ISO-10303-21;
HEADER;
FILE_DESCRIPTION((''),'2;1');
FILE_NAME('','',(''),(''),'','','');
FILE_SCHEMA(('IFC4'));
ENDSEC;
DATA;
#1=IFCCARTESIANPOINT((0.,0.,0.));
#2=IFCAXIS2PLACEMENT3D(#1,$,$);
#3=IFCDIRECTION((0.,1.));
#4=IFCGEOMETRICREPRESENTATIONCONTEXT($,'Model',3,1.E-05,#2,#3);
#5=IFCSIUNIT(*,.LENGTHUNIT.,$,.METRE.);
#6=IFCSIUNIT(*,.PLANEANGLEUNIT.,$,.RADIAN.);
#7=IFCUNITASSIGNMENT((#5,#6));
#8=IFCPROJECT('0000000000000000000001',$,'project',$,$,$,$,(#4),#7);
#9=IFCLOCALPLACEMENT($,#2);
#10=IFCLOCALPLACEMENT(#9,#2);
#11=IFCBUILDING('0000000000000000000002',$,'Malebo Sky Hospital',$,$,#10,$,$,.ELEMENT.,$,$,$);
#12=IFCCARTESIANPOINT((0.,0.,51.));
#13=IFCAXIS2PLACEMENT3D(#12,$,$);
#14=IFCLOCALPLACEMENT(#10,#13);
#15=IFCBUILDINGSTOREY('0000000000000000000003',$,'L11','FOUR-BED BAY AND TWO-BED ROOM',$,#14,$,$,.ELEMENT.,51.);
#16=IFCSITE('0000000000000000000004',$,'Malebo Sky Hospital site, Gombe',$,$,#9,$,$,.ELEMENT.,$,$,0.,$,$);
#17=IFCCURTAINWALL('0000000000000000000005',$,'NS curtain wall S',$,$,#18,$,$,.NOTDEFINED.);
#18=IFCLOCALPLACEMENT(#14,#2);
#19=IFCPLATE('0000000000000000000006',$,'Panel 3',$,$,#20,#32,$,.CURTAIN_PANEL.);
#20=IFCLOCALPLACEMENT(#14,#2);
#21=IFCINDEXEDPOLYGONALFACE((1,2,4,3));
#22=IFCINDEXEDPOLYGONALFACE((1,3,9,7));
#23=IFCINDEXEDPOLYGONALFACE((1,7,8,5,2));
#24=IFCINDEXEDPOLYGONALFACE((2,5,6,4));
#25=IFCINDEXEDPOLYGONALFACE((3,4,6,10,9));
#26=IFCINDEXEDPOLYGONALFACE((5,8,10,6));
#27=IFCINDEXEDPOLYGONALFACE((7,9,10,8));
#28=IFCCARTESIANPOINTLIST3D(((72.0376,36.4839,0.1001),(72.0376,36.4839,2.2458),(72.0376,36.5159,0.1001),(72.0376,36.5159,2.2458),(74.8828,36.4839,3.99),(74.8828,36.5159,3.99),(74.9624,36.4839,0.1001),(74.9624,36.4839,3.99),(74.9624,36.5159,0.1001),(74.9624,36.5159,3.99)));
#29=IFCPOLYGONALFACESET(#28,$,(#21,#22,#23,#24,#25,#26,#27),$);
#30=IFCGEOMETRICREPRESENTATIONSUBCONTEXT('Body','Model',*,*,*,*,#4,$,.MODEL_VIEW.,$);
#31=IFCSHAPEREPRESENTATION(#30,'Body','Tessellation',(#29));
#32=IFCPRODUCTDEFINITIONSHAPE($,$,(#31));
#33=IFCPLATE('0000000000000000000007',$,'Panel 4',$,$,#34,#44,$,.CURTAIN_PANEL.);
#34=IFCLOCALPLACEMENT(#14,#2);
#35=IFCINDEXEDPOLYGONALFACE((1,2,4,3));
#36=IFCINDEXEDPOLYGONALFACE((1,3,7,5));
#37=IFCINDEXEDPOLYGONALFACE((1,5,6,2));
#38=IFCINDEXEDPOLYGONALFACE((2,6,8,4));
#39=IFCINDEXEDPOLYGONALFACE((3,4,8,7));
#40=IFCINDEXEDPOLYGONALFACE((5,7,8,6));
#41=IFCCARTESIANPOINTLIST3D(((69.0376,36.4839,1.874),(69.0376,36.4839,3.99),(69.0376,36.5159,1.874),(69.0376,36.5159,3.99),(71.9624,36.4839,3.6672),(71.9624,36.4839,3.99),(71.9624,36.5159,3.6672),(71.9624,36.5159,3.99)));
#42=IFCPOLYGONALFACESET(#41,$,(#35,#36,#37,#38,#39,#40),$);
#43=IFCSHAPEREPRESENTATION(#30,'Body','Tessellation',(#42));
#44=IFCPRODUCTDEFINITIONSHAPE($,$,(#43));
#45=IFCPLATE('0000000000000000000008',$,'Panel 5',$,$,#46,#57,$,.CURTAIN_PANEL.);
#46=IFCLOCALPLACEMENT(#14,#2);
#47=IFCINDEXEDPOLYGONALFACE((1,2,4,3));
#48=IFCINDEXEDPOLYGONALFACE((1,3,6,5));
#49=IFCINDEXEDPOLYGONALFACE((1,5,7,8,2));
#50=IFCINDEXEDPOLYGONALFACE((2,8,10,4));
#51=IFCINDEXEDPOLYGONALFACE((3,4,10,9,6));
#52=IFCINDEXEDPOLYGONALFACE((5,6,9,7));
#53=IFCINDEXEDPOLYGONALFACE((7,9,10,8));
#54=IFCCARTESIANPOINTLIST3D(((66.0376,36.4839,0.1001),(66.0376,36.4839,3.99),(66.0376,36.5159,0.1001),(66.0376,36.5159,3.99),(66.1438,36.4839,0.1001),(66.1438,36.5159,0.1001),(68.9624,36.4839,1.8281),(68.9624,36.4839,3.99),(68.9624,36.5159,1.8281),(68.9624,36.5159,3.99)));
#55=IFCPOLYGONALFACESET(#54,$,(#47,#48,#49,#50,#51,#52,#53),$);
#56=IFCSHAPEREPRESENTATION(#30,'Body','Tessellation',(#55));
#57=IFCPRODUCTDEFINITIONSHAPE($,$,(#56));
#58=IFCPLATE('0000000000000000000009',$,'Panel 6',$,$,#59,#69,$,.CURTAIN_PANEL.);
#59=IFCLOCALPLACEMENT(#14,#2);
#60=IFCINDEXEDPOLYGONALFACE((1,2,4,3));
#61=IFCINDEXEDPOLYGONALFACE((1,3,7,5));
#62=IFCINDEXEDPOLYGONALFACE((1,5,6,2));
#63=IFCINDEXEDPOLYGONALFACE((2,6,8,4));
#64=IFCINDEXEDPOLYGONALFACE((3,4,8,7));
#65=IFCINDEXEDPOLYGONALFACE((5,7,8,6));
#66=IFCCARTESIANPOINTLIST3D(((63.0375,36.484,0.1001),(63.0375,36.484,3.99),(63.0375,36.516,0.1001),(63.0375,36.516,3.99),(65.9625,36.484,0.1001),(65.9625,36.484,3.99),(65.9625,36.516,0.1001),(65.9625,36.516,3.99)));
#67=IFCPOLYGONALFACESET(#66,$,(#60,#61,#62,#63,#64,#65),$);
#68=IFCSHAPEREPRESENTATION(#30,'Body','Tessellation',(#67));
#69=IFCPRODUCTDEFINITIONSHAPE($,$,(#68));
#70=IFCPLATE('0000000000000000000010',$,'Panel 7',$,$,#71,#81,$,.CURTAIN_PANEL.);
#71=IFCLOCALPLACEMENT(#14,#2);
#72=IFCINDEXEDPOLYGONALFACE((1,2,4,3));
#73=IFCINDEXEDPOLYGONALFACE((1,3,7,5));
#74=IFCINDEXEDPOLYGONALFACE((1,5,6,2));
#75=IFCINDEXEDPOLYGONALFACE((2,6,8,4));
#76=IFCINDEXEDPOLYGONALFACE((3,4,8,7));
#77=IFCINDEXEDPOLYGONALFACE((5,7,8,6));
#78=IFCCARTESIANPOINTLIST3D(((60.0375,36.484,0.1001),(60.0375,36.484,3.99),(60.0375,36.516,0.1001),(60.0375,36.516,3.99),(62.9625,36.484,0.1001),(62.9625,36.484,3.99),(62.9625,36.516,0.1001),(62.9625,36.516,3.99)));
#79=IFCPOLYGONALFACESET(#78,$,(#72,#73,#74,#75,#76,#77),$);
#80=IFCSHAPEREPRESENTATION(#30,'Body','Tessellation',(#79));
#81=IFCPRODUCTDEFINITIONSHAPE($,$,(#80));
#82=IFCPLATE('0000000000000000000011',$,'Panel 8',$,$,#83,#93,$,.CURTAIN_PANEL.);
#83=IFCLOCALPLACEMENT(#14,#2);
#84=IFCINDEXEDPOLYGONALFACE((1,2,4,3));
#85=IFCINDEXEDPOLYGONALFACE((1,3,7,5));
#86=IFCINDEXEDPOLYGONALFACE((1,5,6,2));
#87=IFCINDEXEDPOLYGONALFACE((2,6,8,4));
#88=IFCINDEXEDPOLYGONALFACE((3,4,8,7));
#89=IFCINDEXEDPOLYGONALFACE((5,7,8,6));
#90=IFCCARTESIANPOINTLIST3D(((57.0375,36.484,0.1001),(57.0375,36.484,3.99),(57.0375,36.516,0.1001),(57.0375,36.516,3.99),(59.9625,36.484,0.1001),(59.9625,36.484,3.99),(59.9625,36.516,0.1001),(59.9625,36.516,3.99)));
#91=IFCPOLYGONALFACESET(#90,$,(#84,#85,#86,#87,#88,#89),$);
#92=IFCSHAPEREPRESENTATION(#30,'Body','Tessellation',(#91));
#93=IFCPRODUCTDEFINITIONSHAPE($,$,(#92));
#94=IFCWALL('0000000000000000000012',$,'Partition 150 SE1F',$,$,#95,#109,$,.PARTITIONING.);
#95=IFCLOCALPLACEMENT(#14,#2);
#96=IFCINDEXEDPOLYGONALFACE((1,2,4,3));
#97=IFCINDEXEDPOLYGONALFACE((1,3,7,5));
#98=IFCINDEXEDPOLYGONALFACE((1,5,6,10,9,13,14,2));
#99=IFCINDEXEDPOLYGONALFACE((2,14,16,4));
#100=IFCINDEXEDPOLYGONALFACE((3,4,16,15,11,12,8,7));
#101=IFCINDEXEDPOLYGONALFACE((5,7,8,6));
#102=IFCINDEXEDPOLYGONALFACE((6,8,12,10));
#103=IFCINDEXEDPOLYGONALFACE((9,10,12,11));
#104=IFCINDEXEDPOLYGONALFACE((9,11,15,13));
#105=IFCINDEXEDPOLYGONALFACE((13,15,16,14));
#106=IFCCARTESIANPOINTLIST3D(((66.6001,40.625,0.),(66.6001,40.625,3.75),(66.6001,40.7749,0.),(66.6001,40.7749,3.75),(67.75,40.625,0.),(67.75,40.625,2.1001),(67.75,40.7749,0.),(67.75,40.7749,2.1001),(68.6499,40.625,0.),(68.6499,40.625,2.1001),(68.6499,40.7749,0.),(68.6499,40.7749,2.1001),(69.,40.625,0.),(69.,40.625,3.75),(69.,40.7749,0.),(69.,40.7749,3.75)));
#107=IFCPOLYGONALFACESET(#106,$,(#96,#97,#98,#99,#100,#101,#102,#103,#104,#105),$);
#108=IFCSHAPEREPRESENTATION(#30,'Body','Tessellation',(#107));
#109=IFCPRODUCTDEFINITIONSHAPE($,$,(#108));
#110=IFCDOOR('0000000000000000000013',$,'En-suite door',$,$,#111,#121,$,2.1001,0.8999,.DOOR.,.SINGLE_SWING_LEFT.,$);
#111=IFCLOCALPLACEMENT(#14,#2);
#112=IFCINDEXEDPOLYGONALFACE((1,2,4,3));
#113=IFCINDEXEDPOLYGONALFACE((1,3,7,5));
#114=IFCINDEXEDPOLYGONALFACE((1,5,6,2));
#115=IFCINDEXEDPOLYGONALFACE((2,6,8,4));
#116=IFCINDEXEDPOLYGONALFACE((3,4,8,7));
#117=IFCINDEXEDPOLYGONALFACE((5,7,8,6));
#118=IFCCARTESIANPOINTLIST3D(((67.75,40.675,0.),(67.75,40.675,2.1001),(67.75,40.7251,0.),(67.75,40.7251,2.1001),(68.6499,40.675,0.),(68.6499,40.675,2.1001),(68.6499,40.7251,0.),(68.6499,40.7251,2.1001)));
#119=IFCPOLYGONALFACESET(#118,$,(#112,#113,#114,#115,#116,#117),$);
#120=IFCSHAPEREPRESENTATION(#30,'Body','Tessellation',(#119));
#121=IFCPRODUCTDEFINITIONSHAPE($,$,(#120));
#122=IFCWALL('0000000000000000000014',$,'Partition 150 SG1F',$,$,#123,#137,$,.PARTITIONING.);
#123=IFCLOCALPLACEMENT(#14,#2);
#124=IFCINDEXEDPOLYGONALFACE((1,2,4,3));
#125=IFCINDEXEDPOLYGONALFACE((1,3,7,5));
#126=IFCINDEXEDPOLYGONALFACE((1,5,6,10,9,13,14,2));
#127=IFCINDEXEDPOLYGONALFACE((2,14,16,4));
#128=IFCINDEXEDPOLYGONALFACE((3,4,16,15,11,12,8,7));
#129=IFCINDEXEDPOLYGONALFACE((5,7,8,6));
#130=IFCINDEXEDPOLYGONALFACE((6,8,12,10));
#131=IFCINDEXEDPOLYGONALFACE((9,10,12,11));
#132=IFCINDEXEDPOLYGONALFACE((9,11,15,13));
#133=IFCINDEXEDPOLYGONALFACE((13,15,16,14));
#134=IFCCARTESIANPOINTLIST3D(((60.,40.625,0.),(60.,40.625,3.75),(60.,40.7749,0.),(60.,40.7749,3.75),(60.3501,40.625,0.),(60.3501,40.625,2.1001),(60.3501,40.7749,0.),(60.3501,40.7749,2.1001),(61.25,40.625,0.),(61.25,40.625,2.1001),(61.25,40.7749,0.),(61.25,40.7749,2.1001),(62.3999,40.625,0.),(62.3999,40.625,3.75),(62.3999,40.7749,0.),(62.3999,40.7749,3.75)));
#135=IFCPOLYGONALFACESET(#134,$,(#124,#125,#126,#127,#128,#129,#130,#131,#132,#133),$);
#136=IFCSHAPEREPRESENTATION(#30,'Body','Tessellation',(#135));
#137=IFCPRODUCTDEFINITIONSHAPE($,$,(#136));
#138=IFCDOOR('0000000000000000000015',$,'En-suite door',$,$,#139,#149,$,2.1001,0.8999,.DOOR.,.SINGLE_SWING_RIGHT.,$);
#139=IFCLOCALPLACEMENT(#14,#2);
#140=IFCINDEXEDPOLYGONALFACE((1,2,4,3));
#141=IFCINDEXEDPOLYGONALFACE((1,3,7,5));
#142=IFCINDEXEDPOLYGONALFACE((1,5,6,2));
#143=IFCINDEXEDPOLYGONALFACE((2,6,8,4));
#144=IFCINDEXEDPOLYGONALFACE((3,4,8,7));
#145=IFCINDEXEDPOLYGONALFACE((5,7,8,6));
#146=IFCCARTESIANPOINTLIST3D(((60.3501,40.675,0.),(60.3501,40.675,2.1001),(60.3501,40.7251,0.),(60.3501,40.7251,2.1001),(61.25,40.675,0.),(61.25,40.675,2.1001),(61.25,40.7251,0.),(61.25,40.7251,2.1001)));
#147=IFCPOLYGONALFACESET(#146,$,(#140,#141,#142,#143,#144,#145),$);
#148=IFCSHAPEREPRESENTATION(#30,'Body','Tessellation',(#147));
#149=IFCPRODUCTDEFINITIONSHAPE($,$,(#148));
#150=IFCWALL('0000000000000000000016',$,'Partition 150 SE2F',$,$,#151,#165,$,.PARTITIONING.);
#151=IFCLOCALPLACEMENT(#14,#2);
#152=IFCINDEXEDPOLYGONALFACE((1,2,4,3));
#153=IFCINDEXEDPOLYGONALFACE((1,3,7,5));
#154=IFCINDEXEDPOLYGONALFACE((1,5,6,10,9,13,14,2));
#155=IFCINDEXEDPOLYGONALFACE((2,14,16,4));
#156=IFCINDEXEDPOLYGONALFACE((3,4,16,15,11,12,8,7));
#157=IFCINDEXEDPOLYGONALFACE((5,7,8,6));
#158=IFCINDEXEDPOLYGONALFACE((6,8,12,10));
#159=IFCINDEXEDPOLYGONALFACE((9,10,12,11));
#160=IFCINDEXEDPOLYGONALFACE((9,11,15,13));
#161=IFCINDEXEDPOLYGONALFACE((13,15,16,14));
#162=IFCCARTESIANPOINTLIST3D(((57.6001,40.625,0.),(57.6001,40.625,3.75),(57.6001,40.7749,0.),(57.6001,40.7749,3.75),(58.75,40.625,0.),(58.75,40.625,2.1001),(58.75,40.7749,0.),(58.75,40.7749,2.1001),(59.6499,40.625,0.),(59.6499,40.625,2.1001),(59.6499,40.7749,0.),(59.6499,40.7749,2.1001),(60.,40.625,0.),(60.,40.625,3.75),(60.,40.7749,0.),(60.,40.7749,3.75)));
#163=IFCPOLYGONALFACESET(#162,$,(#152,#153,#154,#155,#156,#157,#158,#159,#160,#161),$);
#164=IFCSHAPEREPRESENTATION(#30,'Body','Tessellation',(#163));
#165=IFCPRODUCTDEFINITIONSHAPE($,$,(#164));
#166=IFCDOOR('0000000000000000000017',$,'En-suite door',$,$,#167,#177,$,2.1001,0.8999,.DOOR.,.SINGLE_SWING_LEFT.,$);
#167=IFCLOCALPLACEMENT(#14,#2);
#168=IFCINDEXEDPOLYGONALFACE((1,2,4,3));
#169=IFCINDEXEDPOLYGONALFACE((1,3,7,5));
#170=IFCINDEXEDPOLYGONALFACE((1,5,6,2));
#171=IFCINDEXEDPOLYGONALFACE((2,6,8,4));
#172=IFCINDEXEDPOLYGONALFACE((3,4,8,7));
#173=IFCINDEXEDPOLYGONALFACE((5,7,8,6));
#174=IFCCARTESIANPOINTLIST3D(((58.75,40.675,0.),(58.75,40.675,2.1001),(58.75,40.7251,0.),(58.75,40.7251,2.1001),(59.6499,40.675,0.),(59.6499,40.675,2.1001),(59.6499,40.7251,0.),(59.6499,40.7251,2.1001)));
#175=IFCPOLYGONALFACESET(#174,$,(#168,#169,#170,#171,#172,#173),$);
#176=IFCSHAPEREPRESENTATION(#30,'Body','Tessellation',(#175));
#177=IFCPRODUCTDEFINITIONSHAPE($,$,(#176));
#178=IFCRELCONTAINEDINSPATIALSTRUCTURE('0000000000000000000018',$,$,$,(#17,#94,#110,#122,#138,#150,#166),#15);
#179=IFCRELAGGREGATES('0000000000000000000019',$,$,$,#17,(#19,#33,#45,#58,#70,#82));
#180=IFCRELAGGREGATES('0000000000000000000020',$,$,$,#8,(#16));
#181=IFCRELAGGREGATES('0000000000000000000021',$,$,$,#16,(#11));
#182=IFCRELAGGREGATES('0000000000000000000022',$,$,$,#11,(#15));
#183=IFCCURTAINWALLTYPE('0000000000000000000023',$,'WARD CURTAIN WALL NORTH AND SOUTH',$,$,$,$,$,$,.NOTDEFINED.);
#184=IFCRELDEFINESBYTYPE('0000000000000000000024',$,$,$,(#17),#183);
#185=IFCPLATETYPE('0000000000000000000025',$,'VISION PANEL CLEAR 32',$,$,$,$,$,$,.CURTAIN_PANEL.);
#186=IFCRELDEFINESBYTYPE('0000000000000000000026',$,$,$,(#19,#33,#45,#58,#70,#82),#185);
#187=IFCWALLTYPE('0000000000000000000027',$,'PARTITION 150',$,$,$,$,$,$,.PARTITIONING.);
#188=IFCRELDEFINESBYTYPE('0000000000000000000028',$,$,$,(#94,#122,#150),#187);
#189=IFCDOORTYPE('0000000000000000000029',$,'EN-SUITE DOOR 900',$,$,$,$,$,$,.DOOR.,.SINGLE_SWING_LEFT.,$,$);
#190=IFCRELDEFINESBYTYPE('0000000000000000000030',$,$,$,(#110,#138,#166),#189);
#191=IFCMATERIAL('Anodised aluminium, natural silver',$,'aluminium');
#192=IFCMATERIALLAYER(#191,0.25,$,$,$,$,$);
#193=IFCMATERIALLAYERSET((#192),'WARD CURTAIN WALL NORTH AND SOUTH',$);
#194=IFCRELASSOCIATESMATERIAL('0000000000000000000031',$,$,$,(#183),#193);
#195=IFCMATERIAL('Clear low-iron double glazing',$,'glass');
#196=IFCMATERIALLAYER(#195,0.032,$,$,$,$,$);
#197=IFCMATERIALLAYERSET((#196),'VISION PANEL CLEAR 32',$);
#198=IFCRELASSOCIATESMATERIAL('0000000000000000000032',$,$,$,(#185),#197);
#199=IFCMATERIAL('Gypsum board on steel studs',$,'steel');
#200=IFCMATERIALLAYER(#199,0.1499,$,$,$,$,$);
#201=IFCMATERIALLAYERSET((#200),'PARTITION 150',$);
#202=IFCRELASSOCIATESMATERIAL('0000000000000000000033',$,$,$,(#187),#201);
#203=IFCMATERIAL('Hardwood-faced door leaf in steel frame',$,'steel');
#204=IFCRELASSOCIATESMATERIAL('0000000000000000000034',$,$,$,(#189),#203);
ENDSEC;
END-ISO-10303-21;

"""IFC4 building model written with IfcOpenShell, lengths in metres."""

from ifc_helpers import new_model, si_unit, direction, frame, frame_2d, origin, origin_2d, place, context, subcontext, project, spatial, polyline, rectangle, outline, extrude, material, layer, layer_set, type_object, element, fill, aggregate, save


model = new_model("IFC4")

# Units and contexts
model_context = context("Model", 3, precision=1e-05, world=origin(), true_north=direction((0.0, 1.0)))
body_context = subcontext(model_context, "Body", "Model", "MODEL_VIEW")
ifc_project = project(units=[si_unit("LENGTHUNIT", "METRE"), si_unit("PLANEANGLEUNIT", "RADIAN")], contexts=[model_context])

# Site, building, storey
site_placement = place(None, origin())
site = spatial("IfcSite", under=ifc_project, at=site_placement, Name="Malebo Sky Hospital site, Gombe", CompositionType="ELEMENT", RefElevation=0.0)
building_placement = place(site_placement, origin())
building = spatial("IfcBuilding", under=site, at=building_placement, Name="Malebo Sky Hospital", CompositionType="ELEMENT")
storey_placement = place(building_placement, frame((0.0, 0.0, 51.0)))
storey = spatial("IfcBuildingStorey", under=building, at=storey_placement, Name="L11", Description="FOUR-BED BAY AND TWO-BED ROOM", CompositionType="ELEMENT", Elevation=51.0)

# Curtain wall
ifc_material_1 = material(Name="Anodised aluminium, natural silver", Category="aluminium")
ifc_layer_1 = layer(ifc_material_1, 0.25)
ifc_layer_set_1 = layer_set([ifc_layer_1], Name="WARD CURTAIN WALL NORTH AND SOUTH")
curtain_wall_type = type_object("IfcCurtainWallType", Name="WARD CURTAIN WALL NORTH AND SOUTH", PredefinedType="NOTDEFINED", material=ifc_layer_set_1)
curtain_wall_placement = place(storey_placement, origin())
curtain_wall = element("IfcCurtainWall", 1, at=curtain_wall_placement, inside=storey, type_object=curtain_wall_type, Name="NS curtain wall S", PredefinedType="NOTDEFINED")

# Plates
ifc_material_2 = material(Name="Clear low-iron double glazing", Category="glass")
ifc_layer_2 = layer(ifc_material_2, 0.032)
ifc_layer_set_2 = layer_set([ifc_layer_2], Name="VISION PANEL CLEAR 32")
plate_type = type_object("IfcPlateType", Name="VISION PANEL CLEAR 32", PredefinedType="CURTAIN_PANEL", material=ifc_layer_set_2)
plate_1_placement = place(storey_placement, frame((73.5, 36.5, 0.1001), z_axis=(0.0, 0.0, 1.0), x_axis=(-1.0, 0.0, 0.0)))
plate_1 = element("IfcPlate", 2, at=plate_1_placement, type_object=plate_type, Name="Panel 3", PredefinedType="CURTAIN_PANEL", context=body_context, shape_type="SweptSolid", body=[
    extrude(outline(polyline([(-1.4624, 0.0), (1.4624, 0.0), (1.4624, 2.1458), (-1.3828, 3.8899), (-1.4624, 3.8899), (-1.4624, 0.0)])), frame((0.0, 0.0161, 0.0), z_axis=(0.0, -1.0, 0.0), x_axis=(1.0, 0.0, 0.0)), (0.0, 0.0, 1.0), 0.032),
])
plate_2_placement = place(storey_placement, frame((70.5, 36.5, 1.874), z_axis=(0.0, 0.0, 1.0), x_axis=(-1.0, 0.0, 0.0)))
plate_2 = element("IfcPlate", 3, at=plate_2_placement, type_object=plate_type, Name="Panel 4", PredefinedType="CURTAIN_PANEL", context=body_context, shape_type="SweptSolid", body=[
    extrude(outline(polyline([(1.4624, 0.0), (1.4624, 2.116), (-1.4624, 2.116), (-1.4624, 1.7932), (1.4624, 0.0)])), frame((0.0, 0.0161, 0.0), z_axis=(0.0, -1.0, 0.0), x_axis=(1.0, 0.0, 0.0)), (0.0, 0.0, 1.0), 0.032),
])
plate_3_placement = place(storey_placement, frame((67.5, 36.5, 0.1001), z_axis=(0.0, 0.0, 1.0), x_axis=(-1.0, 0.0, 0.0)))
plate_3 = element("IfcPlate", 4, at=plate_3_placement, type_object=plate_type, Name="Panel 5", PredefinedType="CURTAIN_PANEL", context=body_context, shape_type="SweptSolid", body=[
    extrude(outline(polyline([(1.3562, 0.0), (1.4624, 0.0), (1.4624, 3.8899), (-1.4624, 3.8899), (-1.4624, 1.728), (1.3562, 0.0)])), frame((0.0, 0.0161, 0.0), z_axis=(0.0, -1.0, 0.0), x_axis=(1.0, 0.0, 0.0)), (0.0, 0.0, 1.0), 0.032),
])
plate_4_placement = place(storey_placement, frame((64.5, 36.5, 0.1001), z_axis=(0.0, 0.0, 1.0), x_axis=(-1.0, 0.0, 0.0)))
plate_4 = element("IfcPlate", 5, at=plate_4_placement, type_object=plate_type, Name="Panel 6", PredefinedType="CURTAIN_PANEL", context=body_context, shape_type="SweptSolid", body=[
    extrude(rectangle(XDim=2.925, YDim=0.032, at=origin_2d()), origin(), (0.0, 0.0, 1.0), 3.8899),
])
plate_5_placement = place(storey_placement, frame((61.5, 36.5, 0.1001), z_axis=(0.0, 0.0, 1.0), x_axis=(-1.0, 0.0, 0.0)))
plate_5 = element("IfcPlate", 6, at=plate_5_placement, type_object=plate_type, Name="Panel 7", PredefinedType="CURTAIN_PANEL", context=body_context, shape_type="SweptSolid", body=[
    extrude(rectangle(XDim=2.925, YDim=0.032, at=origin_2d()), origin(), (0.0, 0.0, 1.0), 3.8899),
])
plate_6_placement = place(storey_placement, frame((58.5, 36.5, 0.1001), z_axis=(0.0, 0.0, 1.0), x_axis=(-1.0, 0.0, 0.0)))
plate_6 = element("IfcPlate", 7, at=plate_6_placement, type_object=plate_type, Name="Panel 8", PredefinedType="CURTAIN_PANEL", context=body_context, shape_type="SweptSolid", body=[
    extrude(rectangle(XDim=2.925, YDim=0.032, at=origin_2d()), origin(), (0.0, 0.0, 1.0), 3.8899),
])
aggregate(curtain_wall, [plate_1, plate_2, plate_3, plate_4, plate_5, plate_6])

# Walls, openings, doors
ifc_material_3 = material(Name="Gypsum board on steel studs", Category="steel")
ifc_layer_3 = layer(ifc_material_3, 0.1499)
ifc_layer_set_3 = layer_set([ifc_layer_3], Name="PARTITION 150")
wall_type = type_object("IfcWallType", Name="PARTITION 150", PredefinedType="PARTITIONING", material=ifc_layer_set_3)
wall_1_placement = place(storey_placement, frame((69.0, 40.7, 0.0), z_axis=(0.0, 0.0, 1.0), x_axis=(-1.0, 0.0, 0.0)))
wall_1 = element("IfcWall", 8, at=wall_1_placement, inside=storey, type_object=wall_type, Name="Partition 150 SE1F", PredefinedType="PARTITIONING", context=body_context, shape_type="SweptSolid", body=[
    extrude(rectangle(XDim=2.3999, YDim=0.1499, at=frame_2d((1.2, 0.0))), origin(), (0.0, 0.0, 1.0), 3.75),
])
opening_1_placement = place(wall_1_placement, frame((0.3501, 0.0, 0.0)))
opening_1 = element("IfcOpeningElement", 9, at=opening_1_placement, cuts=wall_1, PredefinedType="OPENING", context=body_context, shape_type="SweptSolid", body=[
    extrude(rectangle(XDim=0.8999, YDim=2.1001, at=frame_2d((0.45, 1.05))), frame((0.0, 0.085, 0.0), z_axis=(0.0, -1.0, 0.0), x_axis=(1.0, 0.0, 0.0)), (0.0, 0.0, 1.0), 0.1699),
])
ifc_material_4 = material(Name="Hardwood-faced door leaf in steel frame", Category="steel")
door_type = type_object("IfcDoorType", Name="EN-SUITE DOOR 900", OperationType="SINGLE_SWING_LEFT", PredefinedType="DOOR", material=ifc_material_4)
door_1_placement = place(opening_1_placement, origin())
door_1 = element("IfcDoor", 10, at=door_1_placement, inside=storey, type_object=door_type, Name="En-suite door", OperationType="SINGLE_SWING_LEFT", OverallHeight=2.1001, OverallWidth=0.8999, PredefinedType="DOOR", context=body_context, shape_type="SweptSolid", body=[
    extrude(rectangle(XDim=0.8999, YDim=2.1001, at=frame_2d((0.45, 1.05))), frame((0.0, 0.0249, 0.0), z_axis=(0.0, -1.0, 0.0), x_axis=(1.0, 0.0, 0.0)), (0.0, 0.0, 1.0), 0.05),
])
fill(opening_1, door_1)
wall_2_placement = place(storey_placement, frame((62.3999, 40.7, 0.0), z_axis=(0.0, 0.0, 1.0), x_axis=(-1.0, 0.0, 0.0)))
wall_2 = element("IfcWall", 11, at=wall_2_placement, inside=storey, type_object=wall_type, Name="Partition 150 SG1F", PredefinedType="PARTITIONING", context=body_context, shape_type="SweptSolid", body=[
    extrude(rectangle(XDim=2.3999, YDim=0.1499, at=frame_2d((1.2, 0.0))), origin(), (0.0, 0.0, 1.0), 3.75),
])
opening_2_placement = place(wall_2_placement, frame((1.1499, 0.0, 0.0)))
opening_2 = element("IfcOpeningElement", 12, at=opening_2_placement, cuts=wall_2, PredefinedType="OPENING", context=body_context, shape_type="SweptSolid", body=[
    extrude(rectangle(XDim=0.8999, YDim=2.1001, at=frame_2d((0.45, 1.05))), frame((0.0, 0.085, 0.0), z_axis=(0.0, -1.0, 0.0), x_axis=(1.0, 0.0, 0.0)), (0.0, 0.0, 1.0), 0.1699),
])
door_2_placement = place(opening_2_placement, origin())
door_2 = element("IfcDoor", 13, at=door_2_placement, inside=storey, type_object=door_type, Name="En-suite door", OperationType="SINGLE_SWING_RIGHT", OverallHeight=2.1001, OverallWidth=0.8999, PredefinedType="DOOR", context=body_context, shape_type="SweptSolid", body=[
    extrude(rectangle(XDim=0.8999, YDim=2.1001, at=frame_2d((0.45, 1.05))), frame((0.0, 0.0249, 0.0), z_axis=(0.0, -1.0, 0.0), x_axis=(1.0, 0.0, 0.0)), (0.0, 0.0, 1.0), 0.05),
])
fill(opening_2, door_2)
wall_3_placement = place(storey_placement, frame((60.0, 40.7, 0.0), z_axis=(0.0, 0.0, 1.0), x_axis=(-1.0, 0.0, 0.0)))
wall_3 = element("IfcWall", 14, at=wall_3_placement, inside=storey, type_object=wall_type, Name="Partition 150 SE2F", PredefinedType="PARTITIONING", context=body_context, shape_type="SweptSolid", body=[
    extrude(rectangle(XDim=2.3999, YDim=0.1499, at=frame_2d((1.2, 0.0))), origin(), (0.0, 0.0, 1.0), 3.75),
])
opening_3_placement = place(wall_3_placement, frame((0.3501, 0.0, 0.0)))
opening_3 = element("IfcOpeningElement", 15, at=opening_3_placement, cuts=wall_3, PredefinedType="OPENING", context=body_context, shape_type="SweptSolid", body=[
    extrude(rectangle(XDim=0.8999, YDim=2.1001, at=frame_2d((0.45, 1.05))), frame((0.0, 0.085, 0.0), z_axis=(0.0, -1.0, 0.0), x_axis=(1.0, 0.0, 0.0)), (0.0, 0.0, 1.0), 0.1699),
])
door_3_placement = place(opening_3_placement, origin())
door_3 = element("IfcDoor", 16, at=door_3_placement, inside=storey, type_object=door_type, Name="En-suite door", OperationType="SINGLE_SWING_LEFT", OverallHeight=2.1001, OverallWidth=0.8999, PredefinedType="DOOR", context=body_context, shape_type="SweptSolid", body=[
    extrude(rectangle(XDim=0.8999, YDim=2.1001, at=frame_2d((0.45, 1.05))), frame((0.0, 0.0249, 0.0), z_axis=(0.0, -1.0, 0.0), x_axis=(1.0, 0.0, 0.0)), (0.0, 0.0, 1.0), 0.05),
])
fill(opening_3, door_3)

save(model, "model.ifc")
